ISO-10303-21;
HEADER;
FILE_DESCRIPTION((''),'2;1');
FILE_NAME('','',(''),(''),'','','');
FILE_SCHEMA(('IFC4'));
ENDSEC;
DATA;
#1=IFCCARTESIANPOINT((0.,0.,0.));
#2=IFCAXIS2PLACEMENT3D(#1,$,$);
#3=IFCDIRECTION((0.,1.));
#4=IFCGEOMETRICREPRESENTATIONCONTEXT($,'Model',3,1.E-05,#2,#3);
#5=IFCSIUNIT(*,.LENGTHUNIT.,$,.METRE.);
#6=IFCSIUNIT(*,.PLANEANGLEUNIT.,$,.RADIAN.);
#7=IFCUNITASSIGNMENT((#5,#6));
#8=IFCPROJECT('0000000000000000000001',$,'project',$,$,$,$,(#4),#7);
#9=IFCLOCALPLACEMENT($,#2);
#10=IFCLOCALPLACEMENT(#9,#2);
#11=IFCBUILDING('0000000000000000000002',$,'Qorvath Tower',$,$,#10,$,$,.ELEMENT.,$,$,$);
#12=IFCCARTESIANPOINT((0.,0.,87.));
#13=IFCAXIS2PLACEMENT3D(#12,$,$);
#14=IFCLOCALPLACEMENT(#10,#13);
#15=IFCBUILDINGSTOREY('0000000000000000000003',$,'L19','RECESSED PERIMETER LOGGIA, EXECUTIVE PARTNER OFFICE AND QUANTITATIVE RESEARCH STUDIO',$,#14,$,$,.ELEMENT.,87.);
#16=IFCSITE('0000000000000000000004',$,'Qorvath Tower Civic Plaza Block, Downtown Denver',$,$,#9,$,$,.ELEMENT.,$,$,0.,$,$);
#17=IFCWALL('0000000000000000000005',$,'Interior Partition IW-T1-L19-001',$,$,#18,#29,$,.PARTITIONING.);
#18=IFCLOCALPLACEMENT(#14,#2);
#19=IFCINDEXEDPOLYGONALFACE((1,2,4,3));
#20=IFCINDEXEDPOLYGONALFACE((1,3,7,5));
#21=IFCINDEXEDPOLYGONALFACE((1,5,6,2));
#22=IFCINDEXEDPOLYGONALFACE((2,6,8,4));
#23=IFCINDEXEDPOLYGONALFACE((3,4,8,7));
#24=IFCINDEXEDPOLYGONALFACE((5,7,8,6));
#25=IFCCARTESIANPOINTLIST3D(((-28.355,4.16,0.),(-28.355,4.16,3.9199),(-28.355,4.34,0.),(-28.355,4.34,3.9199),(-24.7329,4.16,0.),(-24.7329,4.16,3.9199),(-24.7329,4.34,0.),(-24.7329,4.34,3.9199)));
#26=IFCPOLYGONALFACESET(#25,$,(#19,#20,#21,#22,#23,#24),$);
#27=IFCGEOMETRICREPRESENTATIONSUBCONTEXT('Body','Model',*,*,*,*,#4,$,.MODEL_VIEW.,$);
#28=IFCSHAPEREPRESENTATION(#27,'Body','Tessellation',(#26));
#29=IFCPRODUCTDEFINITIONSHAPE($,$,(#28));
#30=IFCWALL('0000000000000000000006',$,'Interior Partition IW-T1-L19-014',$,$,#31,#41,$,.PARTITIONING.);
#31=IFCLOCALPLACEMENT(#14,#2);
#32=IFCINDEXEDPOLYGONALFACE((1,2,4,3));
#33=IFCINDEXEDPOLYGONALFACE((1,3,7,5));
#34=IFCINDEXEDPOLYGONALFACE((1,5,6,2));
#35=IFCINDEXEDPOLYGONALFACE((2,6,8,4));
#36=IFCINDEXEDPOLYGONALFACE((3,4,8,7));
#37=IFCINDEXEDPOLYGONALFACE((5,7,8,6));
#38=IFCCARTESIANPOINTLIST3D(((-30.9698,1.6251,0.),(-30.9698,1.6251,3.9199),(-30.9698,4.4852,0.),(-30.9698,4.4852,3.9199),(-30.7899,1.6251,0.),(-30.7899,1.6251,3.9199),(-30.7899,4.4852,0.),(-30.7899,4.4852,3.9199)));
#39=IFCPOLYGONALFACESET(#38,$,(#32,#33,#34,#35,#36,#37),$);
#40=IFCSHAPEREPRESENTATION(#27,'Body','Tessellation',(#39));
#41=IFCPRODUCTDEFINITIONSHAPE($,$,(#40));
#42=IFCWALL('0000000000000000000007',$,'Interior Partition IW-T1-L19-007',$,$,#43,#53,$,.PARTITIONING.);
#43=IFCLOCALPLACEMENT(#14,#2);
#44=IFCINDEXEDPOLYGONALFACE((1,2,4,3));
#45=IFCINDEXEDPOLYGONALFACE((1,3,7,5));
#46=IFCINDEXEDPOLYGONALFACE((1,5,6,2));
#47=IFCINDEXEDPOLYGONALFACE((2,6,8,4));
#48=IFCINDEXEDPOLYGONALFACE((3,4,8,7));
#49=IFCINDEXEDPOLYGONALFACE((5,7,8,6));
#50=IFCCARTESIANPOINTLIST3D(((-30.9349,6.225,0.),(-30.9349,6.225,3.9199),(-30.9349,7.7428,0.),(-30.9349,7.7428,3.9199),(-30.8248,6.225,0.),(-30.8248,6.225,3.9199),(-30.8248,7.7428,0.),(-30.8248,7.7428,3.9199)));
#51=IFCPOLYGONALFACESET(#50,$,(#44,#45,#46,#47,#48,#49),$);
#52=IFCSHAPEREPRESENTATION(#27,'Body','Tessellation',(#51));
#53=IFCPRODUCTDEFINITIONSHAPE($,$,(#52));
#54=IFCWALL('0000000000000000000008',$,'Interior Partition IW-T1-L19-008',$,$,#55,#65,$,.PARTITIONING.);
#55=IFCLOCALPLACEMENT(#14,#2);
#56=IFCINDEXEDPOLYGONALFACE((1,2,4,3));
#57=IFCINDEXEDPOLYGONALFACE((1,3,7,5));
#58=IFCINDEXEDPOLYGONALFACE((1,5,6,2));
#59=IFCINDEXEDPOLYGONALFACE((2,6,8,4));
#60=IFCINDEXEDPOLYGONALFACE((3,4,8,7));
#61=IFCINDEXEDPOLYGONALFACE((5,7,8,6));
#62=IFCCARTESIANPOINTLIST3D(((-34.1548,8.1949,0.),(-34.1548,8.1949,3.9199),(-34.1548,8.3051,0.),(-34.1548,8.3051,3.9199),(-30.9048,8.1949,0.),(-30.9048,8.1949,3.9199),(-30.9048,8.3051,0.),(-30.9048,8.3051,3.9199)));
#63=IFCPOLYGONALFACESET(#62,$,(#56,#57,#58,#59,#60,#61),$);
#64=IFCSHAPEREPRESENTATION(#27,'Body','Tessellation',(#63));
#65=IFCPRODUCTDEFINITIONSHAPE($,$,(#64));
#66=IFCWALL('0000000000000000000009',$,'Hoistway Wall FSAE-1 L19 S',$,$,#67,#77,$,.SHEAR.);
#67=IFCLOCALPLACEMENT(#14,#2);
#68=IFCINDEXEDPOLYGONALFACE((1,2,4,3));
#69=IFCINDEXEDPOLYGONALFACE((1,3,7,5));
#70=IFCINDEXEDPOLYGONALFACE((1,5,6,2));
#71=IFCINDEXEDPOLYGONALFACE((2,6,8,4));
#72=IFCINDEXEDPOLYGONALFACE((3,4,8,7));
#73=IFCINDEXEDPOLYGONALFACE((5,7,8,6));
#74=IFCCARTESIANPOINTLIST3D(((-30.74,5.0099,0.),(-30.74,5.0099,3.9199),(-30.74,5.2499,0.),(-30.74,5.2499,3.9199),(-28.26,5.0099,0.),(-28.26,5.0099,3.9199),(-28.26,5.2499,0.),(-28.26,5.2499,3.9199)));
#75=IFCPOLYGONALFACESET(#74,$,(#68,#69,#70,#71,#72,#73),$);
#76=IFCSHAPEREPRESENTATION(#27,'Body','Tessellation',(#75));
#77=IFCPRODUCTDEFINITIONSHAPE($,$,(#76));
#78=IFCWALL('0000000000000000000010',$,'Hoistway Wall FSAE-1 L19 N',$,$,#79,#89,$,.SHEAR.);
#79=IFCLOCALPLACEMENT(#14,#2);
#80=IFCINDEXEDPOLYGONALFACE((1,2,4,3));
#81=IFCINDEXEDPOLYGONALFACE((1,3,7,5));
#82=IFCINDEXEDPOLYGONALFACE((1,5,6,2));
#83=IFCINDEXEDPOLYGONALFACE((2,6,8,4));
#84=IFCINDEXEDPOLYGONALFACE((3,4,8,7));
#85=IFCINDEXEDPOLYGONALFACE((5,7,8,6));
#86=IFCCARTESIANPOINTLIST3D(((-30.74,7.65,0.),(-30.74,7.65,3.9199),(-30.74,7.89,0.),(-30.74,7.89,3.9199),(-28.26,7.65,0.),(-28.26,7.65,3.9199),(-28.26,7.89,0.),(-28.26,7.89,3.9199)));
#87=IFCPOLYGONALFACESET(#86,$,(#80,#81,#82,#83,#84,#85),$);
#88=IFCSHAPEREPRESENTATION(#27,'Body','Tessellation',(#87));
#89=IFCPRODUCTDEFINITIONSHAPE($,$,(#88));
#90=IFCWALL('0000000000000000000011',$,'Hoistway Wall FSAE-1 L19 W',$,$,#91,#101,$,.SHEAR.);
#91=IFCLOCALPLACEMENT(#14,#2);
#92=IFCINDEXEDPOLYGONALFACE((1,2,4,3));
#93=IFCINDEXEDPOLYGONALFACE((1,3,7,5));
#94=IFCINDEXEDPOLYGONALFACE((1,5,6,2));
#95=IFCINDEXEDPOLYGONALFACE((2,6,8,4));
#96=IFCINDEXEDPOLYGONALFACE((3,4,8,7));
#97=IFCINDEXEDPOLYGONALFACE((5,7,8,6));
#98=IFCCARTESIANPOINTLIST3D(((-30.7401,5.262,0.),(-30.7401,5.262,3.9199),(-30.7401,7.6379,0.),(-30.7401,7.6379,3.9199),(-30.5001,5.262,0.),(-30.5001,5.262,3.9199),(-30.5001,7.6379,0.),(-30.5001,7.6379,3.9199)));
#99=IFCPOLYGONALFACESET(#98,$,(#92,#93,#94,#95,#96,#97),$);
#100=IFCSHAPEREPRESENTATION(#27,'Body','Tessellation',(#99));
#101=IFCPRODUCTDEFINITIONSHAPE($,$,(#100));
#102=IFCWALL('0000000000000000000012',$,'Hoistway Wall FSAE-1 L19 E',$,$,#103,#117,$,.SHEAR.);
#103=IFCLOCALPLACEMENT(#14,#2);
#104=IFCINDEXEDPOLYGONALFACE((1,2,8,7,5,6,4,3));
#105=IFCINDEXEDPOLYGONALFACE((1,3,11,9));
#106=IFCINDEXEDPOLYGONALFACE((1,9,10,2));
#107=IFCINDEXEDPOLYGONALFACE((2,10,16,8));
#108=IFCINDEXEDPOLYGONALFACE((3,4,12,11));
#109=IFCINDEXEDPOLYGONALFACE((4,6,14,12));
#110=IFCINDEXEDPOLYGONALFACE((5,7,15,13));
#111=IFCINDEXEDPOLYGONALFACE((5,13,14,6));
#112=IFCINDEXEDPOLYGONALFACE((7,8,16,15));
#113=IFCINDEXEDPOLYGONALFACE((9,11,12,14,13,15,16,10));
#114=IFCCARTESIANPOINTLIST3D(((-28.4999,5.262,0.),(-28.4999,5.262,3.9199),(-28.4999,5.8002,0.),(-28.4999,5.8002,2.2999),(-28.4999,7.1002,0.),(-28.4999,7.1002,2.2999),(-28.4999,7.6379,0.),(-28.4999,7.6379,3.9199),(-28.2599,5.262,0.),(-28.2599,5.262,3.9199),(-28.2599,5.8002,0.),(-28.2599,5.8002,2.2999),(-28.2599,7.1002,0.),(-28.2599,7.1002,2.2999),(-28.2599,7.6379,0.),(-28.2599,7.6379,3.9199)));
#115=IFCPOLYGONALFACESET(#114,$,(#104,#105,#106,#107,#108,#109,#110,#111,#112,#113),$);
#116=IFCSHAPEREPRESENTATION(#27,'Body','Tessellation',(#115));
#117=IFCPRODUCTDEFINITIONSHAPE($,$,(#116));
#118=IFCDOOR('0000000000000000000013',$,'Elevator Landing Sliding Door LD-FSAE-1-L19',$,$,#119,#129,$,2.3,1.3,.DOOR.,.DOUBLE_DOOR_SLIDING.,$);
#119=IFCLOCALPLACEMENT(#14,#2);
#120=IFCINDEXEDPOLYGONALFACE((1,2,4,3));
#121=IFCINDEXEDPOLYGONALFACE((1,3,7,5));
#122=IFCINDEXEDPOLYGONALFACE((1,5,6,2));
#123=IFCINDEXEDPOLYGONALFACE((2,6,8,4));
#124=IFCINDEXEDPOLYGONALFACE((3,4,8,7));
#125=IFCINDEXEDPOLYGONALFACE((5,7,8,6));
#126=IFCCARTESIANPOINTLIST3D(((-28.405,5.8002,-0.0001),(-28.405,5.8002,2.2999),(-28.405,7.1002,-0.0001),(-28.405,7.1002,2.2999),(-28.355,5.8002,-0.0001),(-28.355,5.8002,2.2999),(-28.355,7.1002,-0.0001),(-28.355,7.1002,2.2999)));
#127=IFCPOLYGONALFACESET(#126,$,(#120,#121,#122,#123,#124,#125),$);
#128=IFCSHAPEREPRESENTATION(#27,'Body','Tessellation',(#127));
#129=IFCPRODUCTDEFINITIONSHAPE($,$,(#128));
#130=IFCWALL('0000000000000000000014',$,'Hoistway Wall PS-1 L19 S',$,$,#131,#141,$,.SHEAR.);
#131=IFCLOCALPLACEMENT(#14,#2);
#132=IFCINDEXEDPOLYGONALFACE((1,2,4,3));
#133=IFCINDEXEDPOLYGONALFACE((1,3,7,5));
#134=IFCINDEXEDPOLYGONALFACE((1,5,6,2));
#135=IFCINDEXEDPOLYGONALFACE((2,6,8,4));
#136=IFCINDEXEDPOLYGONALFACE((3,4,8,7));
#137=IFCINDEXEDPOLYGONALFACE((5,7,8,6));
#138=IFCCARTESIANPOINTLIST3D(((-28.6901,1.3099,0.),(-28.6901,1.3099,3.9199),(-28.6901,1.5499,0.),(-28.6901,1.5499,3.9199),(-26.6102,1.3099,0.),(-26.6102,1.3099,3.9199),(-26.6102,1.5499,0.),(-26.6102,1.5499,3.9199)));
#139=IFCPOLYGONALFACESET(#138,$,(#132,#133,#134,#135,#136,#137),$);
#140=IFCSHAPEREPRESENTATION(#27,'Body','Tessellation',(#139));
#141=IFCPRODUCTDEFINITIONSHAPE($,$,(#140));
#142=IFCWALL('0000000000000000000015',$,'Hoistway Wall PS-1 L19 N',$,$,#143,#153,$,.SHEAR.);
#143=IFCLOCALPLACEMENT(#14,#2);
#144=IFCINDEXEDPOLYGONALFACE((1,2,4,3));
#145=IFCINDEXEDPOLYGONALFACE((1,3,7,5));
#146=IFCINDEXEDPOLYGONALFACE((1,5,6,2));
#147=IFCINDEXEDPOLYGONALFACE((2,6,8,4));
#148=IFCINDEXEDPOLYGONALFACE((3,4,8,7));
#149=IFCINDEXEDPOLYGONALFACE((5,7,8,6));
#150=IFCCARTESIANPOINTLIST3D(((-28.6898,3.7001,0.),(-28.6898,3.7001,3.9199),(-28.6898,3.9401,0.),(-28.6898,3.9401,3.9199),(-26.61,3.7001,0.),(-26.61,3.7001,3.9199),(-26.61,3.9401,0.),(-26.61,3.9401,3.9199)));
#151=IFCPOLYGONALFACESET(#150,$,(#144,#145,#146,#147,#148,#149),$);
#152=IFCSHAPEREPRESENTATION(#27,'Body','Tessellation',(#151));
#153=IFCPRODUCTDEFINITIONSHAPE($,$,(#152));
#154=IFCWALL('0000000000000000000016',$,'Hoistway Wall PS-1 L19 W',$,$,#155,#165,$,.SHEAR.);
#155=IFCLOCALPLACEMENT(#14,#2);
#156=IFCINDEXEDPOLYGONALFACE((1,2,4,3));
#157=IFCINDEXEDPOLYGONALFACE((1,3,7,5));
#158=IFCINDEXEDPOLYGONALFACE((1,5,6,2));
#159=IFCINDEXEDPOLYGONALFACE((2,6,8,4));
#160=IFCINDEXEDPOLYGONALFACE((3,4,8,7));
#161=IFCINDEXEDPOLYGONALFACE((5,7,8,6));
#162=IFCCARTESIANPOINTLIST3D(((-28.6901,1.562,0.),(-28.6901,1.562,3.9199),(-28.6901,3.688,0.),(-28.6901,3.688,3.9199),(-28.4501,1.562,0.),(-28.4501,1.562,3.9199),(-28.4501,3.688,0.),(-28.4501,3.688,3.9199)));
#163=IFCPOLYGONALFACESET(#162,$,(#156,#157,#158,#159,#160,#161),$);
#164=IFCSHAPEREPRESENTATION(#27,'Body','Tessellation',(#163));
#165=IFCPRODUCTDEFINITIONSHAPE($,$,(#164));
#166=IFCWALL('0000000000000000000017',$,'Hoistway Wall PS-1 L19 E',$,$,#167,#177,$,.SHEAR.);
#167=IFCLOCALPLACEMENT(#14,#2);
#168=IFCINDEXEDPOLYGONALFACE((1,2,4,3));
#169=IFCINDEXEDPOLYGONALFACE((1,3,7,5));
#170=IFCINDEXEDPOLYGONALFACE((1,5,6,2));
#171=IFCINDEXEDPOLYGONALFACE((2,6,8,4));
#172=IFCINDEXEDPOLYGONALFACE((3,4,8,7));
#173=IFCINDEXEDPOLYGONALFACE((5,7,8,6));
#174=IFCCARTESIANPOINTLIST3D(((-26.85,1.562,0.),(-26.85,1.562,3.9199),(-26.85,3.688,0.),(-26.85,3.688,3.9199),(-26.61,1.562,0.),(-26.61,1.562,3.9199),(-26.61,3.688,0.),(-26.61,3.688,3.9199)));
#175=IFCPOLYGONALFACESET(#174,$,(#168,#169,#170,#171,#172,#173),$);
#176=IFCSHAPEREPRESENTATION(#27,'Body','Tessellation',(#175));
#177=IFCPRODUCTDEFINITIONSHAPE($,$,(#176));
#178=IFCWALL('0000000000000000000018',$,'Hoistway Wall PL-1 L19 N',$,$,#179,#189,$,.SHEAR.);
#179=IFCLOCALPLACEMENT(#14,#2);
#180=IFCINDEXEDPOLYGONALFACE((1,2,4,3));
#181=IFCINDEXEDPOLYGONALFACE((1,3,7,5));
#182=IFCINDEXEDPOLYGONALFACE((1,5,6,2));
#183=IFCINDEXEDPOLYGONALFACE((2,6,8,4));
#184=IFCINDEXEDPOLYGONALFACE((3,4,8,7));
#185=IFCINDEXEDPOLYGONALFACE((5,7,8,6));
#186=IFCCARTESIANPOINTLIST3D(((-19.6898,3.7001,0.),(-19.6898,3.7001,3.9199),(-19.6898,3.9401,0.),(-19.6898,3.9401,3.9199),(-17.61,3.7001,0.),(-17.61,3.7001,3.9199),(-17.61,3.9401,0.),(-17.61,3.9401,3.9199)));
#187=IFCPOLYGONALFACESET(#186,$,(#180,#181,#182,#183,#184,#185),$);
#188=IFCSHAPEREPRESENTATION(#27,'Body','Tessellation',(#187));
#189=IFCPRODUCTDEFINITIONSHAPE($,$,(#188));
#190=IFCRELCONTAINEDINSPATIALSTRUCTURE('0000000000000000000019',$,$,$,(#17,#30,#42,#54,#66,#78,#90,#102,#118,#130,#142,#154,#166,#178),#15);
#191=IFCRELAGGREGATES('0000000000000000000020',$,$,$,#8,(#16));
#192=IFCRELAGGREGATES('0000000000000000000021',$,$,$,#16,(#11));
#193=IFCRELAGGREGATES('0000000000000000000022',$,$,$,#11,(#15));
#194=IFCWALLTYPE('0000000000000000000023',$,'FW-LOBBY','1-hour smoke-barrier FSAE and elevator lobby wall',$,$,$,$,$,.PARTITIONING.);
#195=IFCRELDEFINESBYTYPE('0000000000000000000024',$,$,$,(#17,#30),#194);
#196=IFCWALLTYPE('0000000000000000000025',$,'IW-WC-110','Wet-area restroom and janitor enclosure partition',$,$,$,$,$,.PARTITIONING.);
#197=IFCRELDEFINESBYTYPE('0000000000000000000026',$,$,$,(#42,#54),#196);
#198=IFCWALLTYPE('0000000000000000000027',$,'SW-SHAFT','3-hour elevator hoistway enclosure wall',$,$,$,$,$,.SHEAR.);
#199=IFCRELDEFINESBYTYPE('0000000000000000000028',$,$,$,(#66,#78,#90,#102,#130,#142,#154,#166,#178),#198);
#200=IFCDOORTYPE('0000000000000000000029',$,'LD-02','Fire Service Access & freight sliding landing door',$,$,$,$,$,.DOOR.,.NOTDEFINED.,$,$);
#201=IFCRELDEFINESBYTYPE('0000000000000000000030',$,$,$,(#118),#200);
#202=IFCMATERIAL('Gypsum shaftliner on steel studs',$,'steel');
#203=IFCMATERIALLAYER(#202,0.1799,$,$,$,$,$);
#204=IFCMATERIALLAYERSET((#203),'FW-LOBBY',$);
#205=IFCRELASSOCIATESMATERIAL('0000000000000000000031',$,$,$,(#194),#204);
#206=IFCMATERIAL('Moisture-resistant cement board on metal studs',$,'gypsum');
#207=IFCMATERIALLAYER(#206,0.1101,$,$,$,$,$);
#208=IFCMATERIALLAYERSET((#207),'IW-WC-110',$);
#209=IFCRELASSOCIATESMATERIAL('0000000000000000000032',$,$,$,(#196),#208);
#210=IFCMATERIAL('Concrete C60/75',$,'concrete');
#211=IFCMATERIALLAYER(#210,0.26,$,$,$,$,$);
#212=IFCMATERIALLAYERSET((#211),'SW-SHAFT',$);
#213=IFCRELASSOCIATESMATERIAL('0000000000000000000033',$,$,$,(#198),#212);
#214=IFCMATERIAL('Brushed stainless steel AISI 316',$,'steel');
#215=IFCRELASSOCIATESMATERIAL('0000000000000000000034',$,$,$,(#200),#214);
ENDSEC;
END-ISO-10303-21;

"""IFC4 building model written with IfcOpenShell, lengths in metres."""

from ifc_helpers import new_model, si_unit, direction, frame, frame_2d, origin, place, context, subcontext, project, spatial, rectangle, extrude, material, layer, layer_set, type_object, element, fill, save


model = new_model("IFC4")

# Units and contexts
model_context = context("Model", 3, precision=1e-05, world=origin(), true_north=direction((0.0, 1.0)))
body_context = subcontext(model_context, "Body", "Model", "MODEL_VIEW")
ifc_project = project(units=[si_unit("LENGTHUNIT", "METRE"), si_unit("PLANEANGLEUNIT", "RADIAN")], contexts=[model_context])

# Site, building, storey
site_placement = place(None, origin())
site = spatial("IfcSite", under=ifc_project, at=site_placement, Name="Qorvath Tower Civic Plaza Block, Downtown Denver", CompositionType="ELEMENT", RefElevation=0.0)
building_placement = place(site_placement, origin())
building = spatial("IfcBuilding", under=site, at=building_placement, Name="Qorvath Tower", CompositionType="ELEMENT")
storey_placement = place(building_placement, frame((0.0, 0.0, 87.0)))
storey = spatial("IfcBuildingStorey", under=building, at=storey_placement, Name="L19", Description="RECESSED PERIMETER LOGGIA, EXECUTIVE PARTNER OFFICE AND QUANTITATIVE RESEARCH STUDIO", CompositionType="ELEMENT", Elevation=87.0)

# Wall
ifc_material_1 = material(Name="Gypsum shaftliner on steel studs", Category="steel")
ifc_layer_1 = layer(ifc_material_1, 0.1799)
ifc_layer_set_1 = layer_set([ifc_layer_1], Name="FW-LOBBY")
wall_type_1 = type_object("IfcWallType", Name="FW-LOBBY", Description="1-hour smoke-barrier FSAE and elevator lobby wall", PredefinedType="PARTITIONING", material=ifc_layer_set_1)
wall_1_placement = place(storey_placement, frame((-28.355, 4.25, 0.0), z_axis=(0.0, 0.0, 1.0), x_axis=(1.0, 0.0, 0.0)))
element("IfcWall", 1, at=wall_1_placement, inside=storey, type_object=wall_type_1, Name="Interior Partition IW-T1-L19-001", PredefinedType="PARTITIONING", context=body_context, shape_type="SweptSolid", body=[
    extrude(rectangle(XDim=3.6221, YDim=0.1799, at=frame_2d((1.811, 0.0))), origin(), (0.0, 0.0, 1.0), 3.9199),
])

# Walls
wall_2_placement = place(storey_placement, frame((-30.8799, 1.625, 0.0), z_axis=(0.0, 0.0, 1.0), x_axis=(0.0, 1.0, 0.0)))
element("IfcWall", 2, at=wall_2_placement, inside=storey, type_object=wall_type_1, Name="Interior Partition IW-T1-L19-014", PredefinedType="PARTITIONING", context=body_context, shape_type="SweptSolid", body=[
    extrude(rectangle(XDim=2.8601, YDim=0.1799, at=frame_2d((1.4302, 0.0))), origin(), (0.0, 0.0, 1.0), 3.9199),
])
ifc_material_2 = material(Name="Moisture-resistant cement board on metal studs", Category="gypsum")
ifc_layer_2 = layer(ifc_material_2, 0.1101)
ifc_layer_set_2 = layer_set([ifc_layer_2], Name="IW-WC-110")
wall_type_2 = type_object("IfcWallType", Name="IW-WC-110", Description="Wet-area restroom and janitor enclosure partition", PredefinedType="PARTITIONING", material=ifc_layer_set_2)
wall_3_placement = place(storey_placement, frame((-30.8799, 6.2251, 0.0), z_axis=(0.0, 0.0, 1.0), x_axis=(0.0, 1.0, 0.0)))
element("IfcWall", 3, at=wall_3_placement, inside=storey, type_object=wall_type_2, Name="Interior Partition IW-T1-L19-007", PredefinedType="PARTITIONING", context=body_context, shape_type="SweptSolid", body=[
    extrude(rectangle(XDim=1.5178, YDim=0.1101, at=frame_2d((0.7588, 0.0))), origin(), (0.0, 0.0, 1.0), 3.9199),
])
wall_4_placement = place(storey_placement, frame((-30.9048, 8.25, 0.0), z_axis=(0.0, 0.0, 1.0), x_axis=(-1.0, 0.0, 0.0)))
element("IfcWall", 4, at=wall_4_placement, inside=storey, type_object=wall_type_2, Name="Interior Partition IW-T1-L19-008", PredefinedType="PARTITIONING", context=body_context, shape_type="SweptSolid", body=[
    extrude(rectangle(XDim=3.25, YDim=0.1101, at=frame_2d((1.625, 0.0))), origin(), (0.0, 0.0, 1.0), 3.9199),
])
ifc_material_3 = material(Name="Concrete C60/75", Category="concrete")
ifc_layer_3 = layer(ifc_material_3, 0.26)
ifc_layer_set_3 = layer_set([ifc_layer_3], Name="SW-SHAFT")
wall_type_3 = type_object("IfcWallType", Name="SW-SHAFT", Description="3-hour elevator hoistway enclosure wall", PredefinedType="SHEAR", material=ifc_layer_set_3)
for number, where, z_axis, x_axis, name in (
    (5, (-28.26, 5.1299, 0.0), (0.0, 0.0, 1.0), (-1.0, 0.0, 0.0), "Hoistway Wall FSAE-1 L19 S"),
    (6, (-30.74, 7.77, 0.0), (0.0, 0.0, 1.0), (1.0, 0.0, 0.0), "Hoistway Wall FSAE-1 L19 N"),
):
    element("IfcWall", number, at=place(storey_placement, frame(where, z_axis=z_axis, x_axis=x_axis)), inside=storey, type_object=wall_type_3, Name=name, PredefinedType="SHEAR", context=body_context, shape_type="SweptSolid", body=[
        extrude(rectangle(XDim=2.48, YDim=0.24, at=frame_2d((1.24, 0.0))), origin(), (0.0, 0.0, 1.0), 3.9199),
    ])
wall_5_placement = place(storey_placement, frame((-30.6201, 5.262, 0.0), z_axis=(0.0, 0.0, 1.0), x_axis=(0.0, 1.0, 0.0)))
element("IfcWall", 7, at=wall_5_placement, inside=storey, type_object=wall_type_3, Name="Hoistway Wall FSAE-1 L19 W", PredefinedType="SHEAR", context=body_context, shape_type="SweptSolid", body=[
    extrude(rectangle(XDim=2.376, YDim=0.24, at=frame_2d((1.188, 0.0))), origin(), (0.0, 0.0, 1.0), 3.9199),
])

# Wall, opening, door
wall_6_placement = place(storey_placement, frame((-28.3799, 7.6379, 0.0), z_axis=(0.0, 0.0, 1.0), x_axis=(0.0, -1.0, 0.0)))
wall_6 = element("IfcWall", 8, at=wall_6_placement, inside=storey, type_object=wall_type_3, Name="Hoistway Wall FSAE-1 L19 E", PredefinedType="SHEAR", context=body_context, shape_type="SweptSolid", body=[
    extrude(rectangle(XDim=2.376, YDim=0.24, at=frame_2d((1.188, 0.0))), origin(), (0.0, 0.0, 1.0), 3.9199),
])
opening_1_placement = place(wall_6_placement, frame((0.5378, 0.0, 0.0)))
opening_1 = element("IfcOpeningElement", 9, at=opening_1_placement, cuts=wall_6, PredefinedType="OPENING", context=body_context, shape_type="SweptSolid", body=[
    extrude(rectangle(XDim=1.3, YDim=2.3, at=frame_2d((0.6499, 1.1499))), frame((0.0, 0.1299, 0.0), z_axis=(0.0, -1.0, 0.0), x_axis=(1.0, 0.0, 0.0)), (0.0, 0.0, 1.0), 0.26),
])
ifc_material_4 = material(Name="Brushed stainless steel AISI 316", Category="steel")
door_type_1 = type_object("IfcDoorType", Name="LD-02", Description="Fire Service Access & freight sliding landing door", OperationType="NOTDEFINED", PredefinedType="DOOR", material=ifc_material_4)
door_1_placement = place(opening_1_placement, origin())
door_1 = element("IfcDoor", 10, at=door_1_placement, inside=storey, type_object=door_type_1, Name="Elevator Landing Sliding Door LD-FSAE-1-L19", OperationType="DOUBLE_DOOR_SLIDING", OverallHeight=2.3, OverallWidth=1.3, PredefinedType="DOOR", context=body_context, shape_type="SweptSolid", body=[
    extrude(rectangle(XDim=1.3, YDim=2.3, at=frame_2d((0.6499, 1.1499))), frame((0.0, 0.0249, 0.0), z_axis=(0.0, -1.0, 0.0), x_axis=(1.0, 0.0, 0.0)), (0.0, 0.0, 1.0), 0.05),
])
fill(opening_1, door_1)

# Walls
for number, where, z_axis, x_axis, name in (
    (11, (-26.6101, 1.4299, 0.0), (0.0, 0.0, 1.0), (-1.0, 0.0, 0.0), "Hoistway Wall PS-1 L19 S"),
    (12, (-28.6899, 3.8201, 0.0), (0.0, 0.0, 1.0), (1.0, 0.0, 0.0), "Hoistway Wall PS-1 L19 N"),
):
    element("IfcWall", number, at=place(storey_placement, frame(where, z_axis=z_axis, x_axis=x_axis)), inside=storey, type_object=wall_type_3, Name=name, PredefinedType="SHEAR", context=body_context, shape_type="SweptSolid", body=[
        extrude(rectangle(XDim=2.0798, YDim=0.24, at=frame_2d((1.04, 0.0))), origin(), (0.0, 0.0, 1.0), 3.9199),
    ])
for number, where, z_axis, x_axis, name in (
    (13, (-28.5701, 1.562, 0.0), (0.0, 0.0, 1.0), (0.0, 1.0, 0.0), "Hoistway Wall PS-1 L19 W"),
    (14, (-26.73, 3.688, 0.0), (0.0, 0.0, 1.0), (0.0, -1.0, 0.0), "Hoistway Wall PS-1 L19 E"),
):
    element("IfcWall", number, at=place(storey_placement, frame(where, z_axis=z_axis, x_axis=x_axis)), inside=storey, type_object=wall_type_3, Name=name, PredefinedType="SHEAR", context=body_context, shape_type="SweptSolid", body=[
        extrude(rectangle(XDim=2.126, YDim=0.24, at=frame_2d((1.063, 0.0))), origin(), (0.0, 0.0, 1.0), 3.9199),
    ])
wall_7_placement = place(storey_placement, frame((-19.6899, 3.8201, 0.0), z_axis=(0.0, 0.0, 1.0), x_axis=(1.0, 0.0, 0.0)))
element("IfcWall", 15, at=wall_7_placement, inside=storey, type_object=wall_type_3, Name="Hoistway Wall PL-1 L19 N", PredefinedType="SHEAR", context=body_context, shape_type="SweptSolid", body=[
    extrude(rectangle(XDim=2.0798, YDim=0.24, at=frame_2d((1.04, 0.0))), origin(), (0.0, 0.0, 1.0), 3.9199),
])

save(model, "model.ifc")
